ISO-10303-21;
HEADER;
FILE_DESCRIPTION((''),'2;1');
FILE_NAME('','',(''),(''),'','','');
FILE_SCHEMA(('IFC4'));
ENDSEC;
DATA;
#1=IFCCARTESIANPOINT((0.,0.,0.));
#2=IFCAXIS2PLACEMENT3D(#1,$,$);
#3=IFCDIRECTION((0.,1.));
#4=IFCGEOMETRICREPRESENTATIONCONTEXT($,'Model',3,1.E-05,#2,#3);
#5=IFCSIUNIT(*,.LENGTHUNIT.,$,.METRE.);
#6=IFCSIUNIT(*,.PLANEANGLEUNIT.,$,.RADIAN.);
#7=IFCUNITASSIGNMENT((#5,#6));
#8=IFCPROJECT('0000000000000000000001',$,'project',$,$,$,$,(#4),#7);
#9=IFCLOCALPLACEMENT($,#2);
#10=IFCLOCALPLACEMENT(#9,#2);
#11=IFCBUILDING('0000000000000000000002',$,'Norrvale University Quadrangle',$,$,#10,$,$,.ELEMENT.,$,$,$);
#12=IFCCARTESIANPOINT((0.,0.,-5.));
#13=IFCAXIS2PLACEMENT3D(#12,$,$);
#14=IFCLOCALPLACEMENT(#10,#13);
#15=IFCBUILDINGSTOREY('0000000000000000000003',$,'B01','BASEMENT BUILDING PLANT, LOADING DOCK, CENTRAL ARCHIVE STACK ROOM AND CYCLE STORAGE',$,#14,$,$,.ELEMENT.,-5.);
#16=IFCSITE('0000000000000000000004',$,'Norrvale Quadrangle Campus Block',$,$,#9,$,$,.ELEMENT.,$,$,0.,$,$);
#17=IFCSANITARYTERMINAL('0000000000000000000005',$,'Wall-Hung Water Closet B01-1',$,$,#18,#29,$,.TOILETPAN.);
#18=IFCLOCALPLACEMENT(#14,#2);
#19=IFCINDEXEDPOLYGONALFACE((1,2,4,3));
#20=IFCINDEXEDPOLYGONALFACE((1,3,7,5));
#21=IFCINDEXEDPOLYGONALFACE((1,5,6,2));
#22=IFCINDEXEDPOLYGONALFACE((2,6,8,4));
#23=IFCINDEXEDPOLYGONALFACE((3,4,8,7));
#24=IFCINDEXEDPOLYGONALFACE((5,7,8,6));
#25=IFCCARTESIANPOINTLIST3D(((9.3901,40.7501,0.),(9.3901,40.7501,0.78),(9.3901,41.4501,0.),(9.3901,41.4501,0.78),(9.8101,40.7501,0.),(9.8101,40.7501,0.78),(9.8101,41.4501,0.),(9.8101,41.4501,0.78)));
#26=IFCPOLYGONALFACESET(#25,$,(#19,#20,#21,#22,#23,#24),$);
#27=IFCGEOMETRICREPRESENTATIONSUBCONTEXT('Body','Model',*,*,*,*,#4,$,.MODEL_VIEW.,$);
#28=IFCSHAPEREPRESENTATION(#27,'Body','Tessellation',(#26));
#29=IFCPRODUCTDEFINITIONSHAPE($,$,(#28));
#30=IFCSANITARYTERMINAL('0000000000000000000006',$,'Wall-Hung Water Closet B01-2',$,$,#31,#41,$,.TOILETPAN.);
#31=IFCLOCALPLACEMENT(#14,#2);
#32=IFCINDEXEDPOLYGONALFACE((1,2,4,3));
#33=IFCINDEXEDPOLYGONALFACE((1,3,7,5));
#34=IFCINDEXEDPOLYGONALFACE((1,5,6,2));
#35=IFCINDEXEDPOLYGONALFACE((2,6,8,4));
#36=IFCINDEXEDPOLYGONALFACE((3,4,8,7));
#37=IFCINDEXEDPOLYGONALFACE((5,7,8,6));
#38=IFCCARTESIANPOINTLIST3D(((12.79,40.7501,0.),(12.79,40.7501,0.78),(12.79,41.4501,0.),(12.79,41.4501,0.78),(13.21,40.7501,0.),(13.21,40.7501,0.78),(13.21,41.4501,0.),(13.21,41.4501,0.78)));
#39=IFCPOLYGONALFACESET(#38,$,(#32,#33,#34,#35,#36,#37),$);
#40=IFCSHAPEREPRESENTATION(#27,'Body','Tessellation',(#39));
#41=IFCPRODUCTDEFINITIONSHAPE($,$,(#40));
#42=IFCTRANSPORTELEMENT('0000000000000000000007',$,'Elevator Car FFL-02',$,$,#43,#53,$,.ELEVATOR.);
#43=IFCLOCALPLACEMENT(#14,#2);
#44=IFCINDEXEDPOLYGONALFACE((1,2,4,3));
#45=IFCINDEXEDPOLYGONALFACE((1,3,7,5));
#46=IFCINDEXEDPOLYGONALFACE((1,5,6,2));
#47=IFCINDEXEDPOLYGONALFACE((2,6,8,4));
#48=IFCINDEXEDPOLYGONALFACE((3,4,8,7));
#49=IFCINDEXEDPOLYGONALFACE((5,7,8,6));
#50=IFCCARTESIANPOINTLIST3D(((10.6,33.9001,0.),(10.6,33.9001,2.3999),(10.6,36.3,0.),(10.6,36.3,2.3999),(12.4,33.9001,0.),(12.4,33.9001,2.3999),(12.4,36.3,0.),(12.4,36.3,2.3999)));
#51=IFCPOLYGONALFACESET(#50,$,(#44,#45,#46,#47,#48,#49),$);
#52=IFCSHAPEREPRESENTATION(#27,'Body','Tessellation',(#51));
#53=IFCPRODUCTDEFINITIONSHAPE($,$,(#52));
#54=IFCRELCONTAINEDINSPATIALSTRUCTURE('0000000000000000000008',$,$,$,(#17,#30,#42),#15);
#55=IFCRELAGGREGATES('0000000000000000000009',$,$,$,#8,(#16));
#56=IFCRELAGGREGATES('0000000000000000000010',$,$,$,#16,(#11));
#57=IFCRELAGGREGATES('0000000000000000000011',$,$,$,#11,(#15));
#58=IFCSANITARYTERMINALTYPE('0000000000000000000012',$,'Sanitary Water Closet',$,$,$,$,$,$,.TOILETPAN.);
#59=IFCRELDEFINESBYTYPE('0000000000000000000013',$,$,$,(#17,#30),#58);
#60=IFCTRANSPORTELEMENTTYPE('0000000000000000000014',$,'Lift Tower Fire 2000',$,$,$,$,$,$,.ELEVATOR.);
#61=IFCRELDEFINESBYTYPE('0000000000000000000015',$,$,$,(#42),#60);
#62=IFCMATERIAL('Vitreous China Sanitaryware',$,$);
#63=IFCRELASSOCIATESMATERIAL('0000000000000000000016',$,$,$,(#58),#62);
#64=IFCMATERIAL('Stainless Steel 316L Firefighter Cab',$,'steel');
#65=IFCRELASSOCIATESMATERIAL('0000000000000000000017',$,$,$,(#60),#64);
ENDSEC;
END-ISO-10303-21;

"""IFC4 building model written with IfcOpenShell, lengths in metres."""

from ifc_helpers import new_model, si_unit, direction, frame, origin, origin_2d, place, context, subcontext, project, spatial, rectangle, extrude, material, type_object, element, save


model = new_model("IFC4")

# Units and contexts
model_context = context("Model", 3, precision=1e-05, world=origin(), true_north=direction((0.0, 1.0)))
body_context = subcontext(model_context, "Body", "Model", "MODEL_VIEW")
ifc_project = project(units=[si_unit("LENGTHUNIT", "METRE"), si_unit("PLANEANGLEUNIT", "RADIAN")], contexts=[model_context])

# Site, building, storey
site_placement = place(None, origin())
site = spatial("IfcSite", under=ifc_project, at=site_placement, Name="Norrvale Quadrangle Campus Block", CompositionType="ELEMENT", RefElevation=0.0)
building_placement = place(site_placement, origin())
building = spatial("IfcBuilding", under=site, at=building_placement, Name="Norrvale University Quadrangle", CompositionType="ELEMENT")
storey_placement = place(building_placement, frame((0.0, 0.0, -5.0)))
storey = spatial("IfcBuildingStorey", under=building, at=storey_placement, Name="B01", Description="BASEMENT BUILDING PLANT, LOADING DOCK, CENTRAL ARCHIVE STACK ROOM AND CYCLE STORAGE", CompositionType="ELEMENT", Elevation=-5.0)

# Sanitary terminals
ifc_material_1 = material(Name="Vitreous China Sanitaryware")
sanitary_terminal_type_1 = type_object("IfcSanitaryTerminalType", Name="Sanitary Water Closet", PredefinedType="TOILETPAN", material=ifc_material_1)
for number, where, z_axis, x_axis, name in (
    (1, (9.6001, 41.1001, 0.0), (0.0, 0.0, 1.0), (1.0, 0.0, 0.0), "Wall-Hung Water Closet B01-1"),
    (2, (13.0, 41.1001, 0.0), (0.0, 0.0, 1.0), (1.0, 0.0, 0.0), "Wall-Hung Water Closet B01-2"),
):
    element("IfcSanitaryTerminal", number, at=place(storey_placement, frame(where, z_axis=z_axis, x_axis=x_axis)), inside=storey, type_object=sanitary_terminal_type_1, Name=name, PredefinedType="TOILETPAN", context=body_context, shape_type="SweptSolid", body=[
        extrude(rectangle(XDim=0.4199, YDim=0.7, at=origin_2d()), origin(), (0.0, 0.0, 1.0), 0.78),
    ])

# Transport element
ifc_material_2 = material(Name="Stainless Steel 316L Firefighter Cab", Category="steel")
transport_element_type = type_object("IfcTransportElementType", Name="Lift Tower Fire 2000", PredefinedType="ELEVATOR", material=ifc_material_2)
transport_element_placement = place(storey_placement, frame((11.5, 35.1001, 0.0), z_axis=(0.0, 0.0, 1.0), x_axis=(1.0, 0.0, 0.0)))
element("IfcTransportElement", 3, at=transport_element_placement, inside=storey, type_object=transport_element_type, Name="Elevator Car FFL-02", PredefinedType="ELEVATOR", context=body_context, shape_type="SweptSolid", body=[
    extrude(rectangle(XDim=1.8, YDim=2.3999, at=origin_2d()), origin(), (0.0, 0.0, 1.0), 2.3999),
])

save(model, "model.ifc")
